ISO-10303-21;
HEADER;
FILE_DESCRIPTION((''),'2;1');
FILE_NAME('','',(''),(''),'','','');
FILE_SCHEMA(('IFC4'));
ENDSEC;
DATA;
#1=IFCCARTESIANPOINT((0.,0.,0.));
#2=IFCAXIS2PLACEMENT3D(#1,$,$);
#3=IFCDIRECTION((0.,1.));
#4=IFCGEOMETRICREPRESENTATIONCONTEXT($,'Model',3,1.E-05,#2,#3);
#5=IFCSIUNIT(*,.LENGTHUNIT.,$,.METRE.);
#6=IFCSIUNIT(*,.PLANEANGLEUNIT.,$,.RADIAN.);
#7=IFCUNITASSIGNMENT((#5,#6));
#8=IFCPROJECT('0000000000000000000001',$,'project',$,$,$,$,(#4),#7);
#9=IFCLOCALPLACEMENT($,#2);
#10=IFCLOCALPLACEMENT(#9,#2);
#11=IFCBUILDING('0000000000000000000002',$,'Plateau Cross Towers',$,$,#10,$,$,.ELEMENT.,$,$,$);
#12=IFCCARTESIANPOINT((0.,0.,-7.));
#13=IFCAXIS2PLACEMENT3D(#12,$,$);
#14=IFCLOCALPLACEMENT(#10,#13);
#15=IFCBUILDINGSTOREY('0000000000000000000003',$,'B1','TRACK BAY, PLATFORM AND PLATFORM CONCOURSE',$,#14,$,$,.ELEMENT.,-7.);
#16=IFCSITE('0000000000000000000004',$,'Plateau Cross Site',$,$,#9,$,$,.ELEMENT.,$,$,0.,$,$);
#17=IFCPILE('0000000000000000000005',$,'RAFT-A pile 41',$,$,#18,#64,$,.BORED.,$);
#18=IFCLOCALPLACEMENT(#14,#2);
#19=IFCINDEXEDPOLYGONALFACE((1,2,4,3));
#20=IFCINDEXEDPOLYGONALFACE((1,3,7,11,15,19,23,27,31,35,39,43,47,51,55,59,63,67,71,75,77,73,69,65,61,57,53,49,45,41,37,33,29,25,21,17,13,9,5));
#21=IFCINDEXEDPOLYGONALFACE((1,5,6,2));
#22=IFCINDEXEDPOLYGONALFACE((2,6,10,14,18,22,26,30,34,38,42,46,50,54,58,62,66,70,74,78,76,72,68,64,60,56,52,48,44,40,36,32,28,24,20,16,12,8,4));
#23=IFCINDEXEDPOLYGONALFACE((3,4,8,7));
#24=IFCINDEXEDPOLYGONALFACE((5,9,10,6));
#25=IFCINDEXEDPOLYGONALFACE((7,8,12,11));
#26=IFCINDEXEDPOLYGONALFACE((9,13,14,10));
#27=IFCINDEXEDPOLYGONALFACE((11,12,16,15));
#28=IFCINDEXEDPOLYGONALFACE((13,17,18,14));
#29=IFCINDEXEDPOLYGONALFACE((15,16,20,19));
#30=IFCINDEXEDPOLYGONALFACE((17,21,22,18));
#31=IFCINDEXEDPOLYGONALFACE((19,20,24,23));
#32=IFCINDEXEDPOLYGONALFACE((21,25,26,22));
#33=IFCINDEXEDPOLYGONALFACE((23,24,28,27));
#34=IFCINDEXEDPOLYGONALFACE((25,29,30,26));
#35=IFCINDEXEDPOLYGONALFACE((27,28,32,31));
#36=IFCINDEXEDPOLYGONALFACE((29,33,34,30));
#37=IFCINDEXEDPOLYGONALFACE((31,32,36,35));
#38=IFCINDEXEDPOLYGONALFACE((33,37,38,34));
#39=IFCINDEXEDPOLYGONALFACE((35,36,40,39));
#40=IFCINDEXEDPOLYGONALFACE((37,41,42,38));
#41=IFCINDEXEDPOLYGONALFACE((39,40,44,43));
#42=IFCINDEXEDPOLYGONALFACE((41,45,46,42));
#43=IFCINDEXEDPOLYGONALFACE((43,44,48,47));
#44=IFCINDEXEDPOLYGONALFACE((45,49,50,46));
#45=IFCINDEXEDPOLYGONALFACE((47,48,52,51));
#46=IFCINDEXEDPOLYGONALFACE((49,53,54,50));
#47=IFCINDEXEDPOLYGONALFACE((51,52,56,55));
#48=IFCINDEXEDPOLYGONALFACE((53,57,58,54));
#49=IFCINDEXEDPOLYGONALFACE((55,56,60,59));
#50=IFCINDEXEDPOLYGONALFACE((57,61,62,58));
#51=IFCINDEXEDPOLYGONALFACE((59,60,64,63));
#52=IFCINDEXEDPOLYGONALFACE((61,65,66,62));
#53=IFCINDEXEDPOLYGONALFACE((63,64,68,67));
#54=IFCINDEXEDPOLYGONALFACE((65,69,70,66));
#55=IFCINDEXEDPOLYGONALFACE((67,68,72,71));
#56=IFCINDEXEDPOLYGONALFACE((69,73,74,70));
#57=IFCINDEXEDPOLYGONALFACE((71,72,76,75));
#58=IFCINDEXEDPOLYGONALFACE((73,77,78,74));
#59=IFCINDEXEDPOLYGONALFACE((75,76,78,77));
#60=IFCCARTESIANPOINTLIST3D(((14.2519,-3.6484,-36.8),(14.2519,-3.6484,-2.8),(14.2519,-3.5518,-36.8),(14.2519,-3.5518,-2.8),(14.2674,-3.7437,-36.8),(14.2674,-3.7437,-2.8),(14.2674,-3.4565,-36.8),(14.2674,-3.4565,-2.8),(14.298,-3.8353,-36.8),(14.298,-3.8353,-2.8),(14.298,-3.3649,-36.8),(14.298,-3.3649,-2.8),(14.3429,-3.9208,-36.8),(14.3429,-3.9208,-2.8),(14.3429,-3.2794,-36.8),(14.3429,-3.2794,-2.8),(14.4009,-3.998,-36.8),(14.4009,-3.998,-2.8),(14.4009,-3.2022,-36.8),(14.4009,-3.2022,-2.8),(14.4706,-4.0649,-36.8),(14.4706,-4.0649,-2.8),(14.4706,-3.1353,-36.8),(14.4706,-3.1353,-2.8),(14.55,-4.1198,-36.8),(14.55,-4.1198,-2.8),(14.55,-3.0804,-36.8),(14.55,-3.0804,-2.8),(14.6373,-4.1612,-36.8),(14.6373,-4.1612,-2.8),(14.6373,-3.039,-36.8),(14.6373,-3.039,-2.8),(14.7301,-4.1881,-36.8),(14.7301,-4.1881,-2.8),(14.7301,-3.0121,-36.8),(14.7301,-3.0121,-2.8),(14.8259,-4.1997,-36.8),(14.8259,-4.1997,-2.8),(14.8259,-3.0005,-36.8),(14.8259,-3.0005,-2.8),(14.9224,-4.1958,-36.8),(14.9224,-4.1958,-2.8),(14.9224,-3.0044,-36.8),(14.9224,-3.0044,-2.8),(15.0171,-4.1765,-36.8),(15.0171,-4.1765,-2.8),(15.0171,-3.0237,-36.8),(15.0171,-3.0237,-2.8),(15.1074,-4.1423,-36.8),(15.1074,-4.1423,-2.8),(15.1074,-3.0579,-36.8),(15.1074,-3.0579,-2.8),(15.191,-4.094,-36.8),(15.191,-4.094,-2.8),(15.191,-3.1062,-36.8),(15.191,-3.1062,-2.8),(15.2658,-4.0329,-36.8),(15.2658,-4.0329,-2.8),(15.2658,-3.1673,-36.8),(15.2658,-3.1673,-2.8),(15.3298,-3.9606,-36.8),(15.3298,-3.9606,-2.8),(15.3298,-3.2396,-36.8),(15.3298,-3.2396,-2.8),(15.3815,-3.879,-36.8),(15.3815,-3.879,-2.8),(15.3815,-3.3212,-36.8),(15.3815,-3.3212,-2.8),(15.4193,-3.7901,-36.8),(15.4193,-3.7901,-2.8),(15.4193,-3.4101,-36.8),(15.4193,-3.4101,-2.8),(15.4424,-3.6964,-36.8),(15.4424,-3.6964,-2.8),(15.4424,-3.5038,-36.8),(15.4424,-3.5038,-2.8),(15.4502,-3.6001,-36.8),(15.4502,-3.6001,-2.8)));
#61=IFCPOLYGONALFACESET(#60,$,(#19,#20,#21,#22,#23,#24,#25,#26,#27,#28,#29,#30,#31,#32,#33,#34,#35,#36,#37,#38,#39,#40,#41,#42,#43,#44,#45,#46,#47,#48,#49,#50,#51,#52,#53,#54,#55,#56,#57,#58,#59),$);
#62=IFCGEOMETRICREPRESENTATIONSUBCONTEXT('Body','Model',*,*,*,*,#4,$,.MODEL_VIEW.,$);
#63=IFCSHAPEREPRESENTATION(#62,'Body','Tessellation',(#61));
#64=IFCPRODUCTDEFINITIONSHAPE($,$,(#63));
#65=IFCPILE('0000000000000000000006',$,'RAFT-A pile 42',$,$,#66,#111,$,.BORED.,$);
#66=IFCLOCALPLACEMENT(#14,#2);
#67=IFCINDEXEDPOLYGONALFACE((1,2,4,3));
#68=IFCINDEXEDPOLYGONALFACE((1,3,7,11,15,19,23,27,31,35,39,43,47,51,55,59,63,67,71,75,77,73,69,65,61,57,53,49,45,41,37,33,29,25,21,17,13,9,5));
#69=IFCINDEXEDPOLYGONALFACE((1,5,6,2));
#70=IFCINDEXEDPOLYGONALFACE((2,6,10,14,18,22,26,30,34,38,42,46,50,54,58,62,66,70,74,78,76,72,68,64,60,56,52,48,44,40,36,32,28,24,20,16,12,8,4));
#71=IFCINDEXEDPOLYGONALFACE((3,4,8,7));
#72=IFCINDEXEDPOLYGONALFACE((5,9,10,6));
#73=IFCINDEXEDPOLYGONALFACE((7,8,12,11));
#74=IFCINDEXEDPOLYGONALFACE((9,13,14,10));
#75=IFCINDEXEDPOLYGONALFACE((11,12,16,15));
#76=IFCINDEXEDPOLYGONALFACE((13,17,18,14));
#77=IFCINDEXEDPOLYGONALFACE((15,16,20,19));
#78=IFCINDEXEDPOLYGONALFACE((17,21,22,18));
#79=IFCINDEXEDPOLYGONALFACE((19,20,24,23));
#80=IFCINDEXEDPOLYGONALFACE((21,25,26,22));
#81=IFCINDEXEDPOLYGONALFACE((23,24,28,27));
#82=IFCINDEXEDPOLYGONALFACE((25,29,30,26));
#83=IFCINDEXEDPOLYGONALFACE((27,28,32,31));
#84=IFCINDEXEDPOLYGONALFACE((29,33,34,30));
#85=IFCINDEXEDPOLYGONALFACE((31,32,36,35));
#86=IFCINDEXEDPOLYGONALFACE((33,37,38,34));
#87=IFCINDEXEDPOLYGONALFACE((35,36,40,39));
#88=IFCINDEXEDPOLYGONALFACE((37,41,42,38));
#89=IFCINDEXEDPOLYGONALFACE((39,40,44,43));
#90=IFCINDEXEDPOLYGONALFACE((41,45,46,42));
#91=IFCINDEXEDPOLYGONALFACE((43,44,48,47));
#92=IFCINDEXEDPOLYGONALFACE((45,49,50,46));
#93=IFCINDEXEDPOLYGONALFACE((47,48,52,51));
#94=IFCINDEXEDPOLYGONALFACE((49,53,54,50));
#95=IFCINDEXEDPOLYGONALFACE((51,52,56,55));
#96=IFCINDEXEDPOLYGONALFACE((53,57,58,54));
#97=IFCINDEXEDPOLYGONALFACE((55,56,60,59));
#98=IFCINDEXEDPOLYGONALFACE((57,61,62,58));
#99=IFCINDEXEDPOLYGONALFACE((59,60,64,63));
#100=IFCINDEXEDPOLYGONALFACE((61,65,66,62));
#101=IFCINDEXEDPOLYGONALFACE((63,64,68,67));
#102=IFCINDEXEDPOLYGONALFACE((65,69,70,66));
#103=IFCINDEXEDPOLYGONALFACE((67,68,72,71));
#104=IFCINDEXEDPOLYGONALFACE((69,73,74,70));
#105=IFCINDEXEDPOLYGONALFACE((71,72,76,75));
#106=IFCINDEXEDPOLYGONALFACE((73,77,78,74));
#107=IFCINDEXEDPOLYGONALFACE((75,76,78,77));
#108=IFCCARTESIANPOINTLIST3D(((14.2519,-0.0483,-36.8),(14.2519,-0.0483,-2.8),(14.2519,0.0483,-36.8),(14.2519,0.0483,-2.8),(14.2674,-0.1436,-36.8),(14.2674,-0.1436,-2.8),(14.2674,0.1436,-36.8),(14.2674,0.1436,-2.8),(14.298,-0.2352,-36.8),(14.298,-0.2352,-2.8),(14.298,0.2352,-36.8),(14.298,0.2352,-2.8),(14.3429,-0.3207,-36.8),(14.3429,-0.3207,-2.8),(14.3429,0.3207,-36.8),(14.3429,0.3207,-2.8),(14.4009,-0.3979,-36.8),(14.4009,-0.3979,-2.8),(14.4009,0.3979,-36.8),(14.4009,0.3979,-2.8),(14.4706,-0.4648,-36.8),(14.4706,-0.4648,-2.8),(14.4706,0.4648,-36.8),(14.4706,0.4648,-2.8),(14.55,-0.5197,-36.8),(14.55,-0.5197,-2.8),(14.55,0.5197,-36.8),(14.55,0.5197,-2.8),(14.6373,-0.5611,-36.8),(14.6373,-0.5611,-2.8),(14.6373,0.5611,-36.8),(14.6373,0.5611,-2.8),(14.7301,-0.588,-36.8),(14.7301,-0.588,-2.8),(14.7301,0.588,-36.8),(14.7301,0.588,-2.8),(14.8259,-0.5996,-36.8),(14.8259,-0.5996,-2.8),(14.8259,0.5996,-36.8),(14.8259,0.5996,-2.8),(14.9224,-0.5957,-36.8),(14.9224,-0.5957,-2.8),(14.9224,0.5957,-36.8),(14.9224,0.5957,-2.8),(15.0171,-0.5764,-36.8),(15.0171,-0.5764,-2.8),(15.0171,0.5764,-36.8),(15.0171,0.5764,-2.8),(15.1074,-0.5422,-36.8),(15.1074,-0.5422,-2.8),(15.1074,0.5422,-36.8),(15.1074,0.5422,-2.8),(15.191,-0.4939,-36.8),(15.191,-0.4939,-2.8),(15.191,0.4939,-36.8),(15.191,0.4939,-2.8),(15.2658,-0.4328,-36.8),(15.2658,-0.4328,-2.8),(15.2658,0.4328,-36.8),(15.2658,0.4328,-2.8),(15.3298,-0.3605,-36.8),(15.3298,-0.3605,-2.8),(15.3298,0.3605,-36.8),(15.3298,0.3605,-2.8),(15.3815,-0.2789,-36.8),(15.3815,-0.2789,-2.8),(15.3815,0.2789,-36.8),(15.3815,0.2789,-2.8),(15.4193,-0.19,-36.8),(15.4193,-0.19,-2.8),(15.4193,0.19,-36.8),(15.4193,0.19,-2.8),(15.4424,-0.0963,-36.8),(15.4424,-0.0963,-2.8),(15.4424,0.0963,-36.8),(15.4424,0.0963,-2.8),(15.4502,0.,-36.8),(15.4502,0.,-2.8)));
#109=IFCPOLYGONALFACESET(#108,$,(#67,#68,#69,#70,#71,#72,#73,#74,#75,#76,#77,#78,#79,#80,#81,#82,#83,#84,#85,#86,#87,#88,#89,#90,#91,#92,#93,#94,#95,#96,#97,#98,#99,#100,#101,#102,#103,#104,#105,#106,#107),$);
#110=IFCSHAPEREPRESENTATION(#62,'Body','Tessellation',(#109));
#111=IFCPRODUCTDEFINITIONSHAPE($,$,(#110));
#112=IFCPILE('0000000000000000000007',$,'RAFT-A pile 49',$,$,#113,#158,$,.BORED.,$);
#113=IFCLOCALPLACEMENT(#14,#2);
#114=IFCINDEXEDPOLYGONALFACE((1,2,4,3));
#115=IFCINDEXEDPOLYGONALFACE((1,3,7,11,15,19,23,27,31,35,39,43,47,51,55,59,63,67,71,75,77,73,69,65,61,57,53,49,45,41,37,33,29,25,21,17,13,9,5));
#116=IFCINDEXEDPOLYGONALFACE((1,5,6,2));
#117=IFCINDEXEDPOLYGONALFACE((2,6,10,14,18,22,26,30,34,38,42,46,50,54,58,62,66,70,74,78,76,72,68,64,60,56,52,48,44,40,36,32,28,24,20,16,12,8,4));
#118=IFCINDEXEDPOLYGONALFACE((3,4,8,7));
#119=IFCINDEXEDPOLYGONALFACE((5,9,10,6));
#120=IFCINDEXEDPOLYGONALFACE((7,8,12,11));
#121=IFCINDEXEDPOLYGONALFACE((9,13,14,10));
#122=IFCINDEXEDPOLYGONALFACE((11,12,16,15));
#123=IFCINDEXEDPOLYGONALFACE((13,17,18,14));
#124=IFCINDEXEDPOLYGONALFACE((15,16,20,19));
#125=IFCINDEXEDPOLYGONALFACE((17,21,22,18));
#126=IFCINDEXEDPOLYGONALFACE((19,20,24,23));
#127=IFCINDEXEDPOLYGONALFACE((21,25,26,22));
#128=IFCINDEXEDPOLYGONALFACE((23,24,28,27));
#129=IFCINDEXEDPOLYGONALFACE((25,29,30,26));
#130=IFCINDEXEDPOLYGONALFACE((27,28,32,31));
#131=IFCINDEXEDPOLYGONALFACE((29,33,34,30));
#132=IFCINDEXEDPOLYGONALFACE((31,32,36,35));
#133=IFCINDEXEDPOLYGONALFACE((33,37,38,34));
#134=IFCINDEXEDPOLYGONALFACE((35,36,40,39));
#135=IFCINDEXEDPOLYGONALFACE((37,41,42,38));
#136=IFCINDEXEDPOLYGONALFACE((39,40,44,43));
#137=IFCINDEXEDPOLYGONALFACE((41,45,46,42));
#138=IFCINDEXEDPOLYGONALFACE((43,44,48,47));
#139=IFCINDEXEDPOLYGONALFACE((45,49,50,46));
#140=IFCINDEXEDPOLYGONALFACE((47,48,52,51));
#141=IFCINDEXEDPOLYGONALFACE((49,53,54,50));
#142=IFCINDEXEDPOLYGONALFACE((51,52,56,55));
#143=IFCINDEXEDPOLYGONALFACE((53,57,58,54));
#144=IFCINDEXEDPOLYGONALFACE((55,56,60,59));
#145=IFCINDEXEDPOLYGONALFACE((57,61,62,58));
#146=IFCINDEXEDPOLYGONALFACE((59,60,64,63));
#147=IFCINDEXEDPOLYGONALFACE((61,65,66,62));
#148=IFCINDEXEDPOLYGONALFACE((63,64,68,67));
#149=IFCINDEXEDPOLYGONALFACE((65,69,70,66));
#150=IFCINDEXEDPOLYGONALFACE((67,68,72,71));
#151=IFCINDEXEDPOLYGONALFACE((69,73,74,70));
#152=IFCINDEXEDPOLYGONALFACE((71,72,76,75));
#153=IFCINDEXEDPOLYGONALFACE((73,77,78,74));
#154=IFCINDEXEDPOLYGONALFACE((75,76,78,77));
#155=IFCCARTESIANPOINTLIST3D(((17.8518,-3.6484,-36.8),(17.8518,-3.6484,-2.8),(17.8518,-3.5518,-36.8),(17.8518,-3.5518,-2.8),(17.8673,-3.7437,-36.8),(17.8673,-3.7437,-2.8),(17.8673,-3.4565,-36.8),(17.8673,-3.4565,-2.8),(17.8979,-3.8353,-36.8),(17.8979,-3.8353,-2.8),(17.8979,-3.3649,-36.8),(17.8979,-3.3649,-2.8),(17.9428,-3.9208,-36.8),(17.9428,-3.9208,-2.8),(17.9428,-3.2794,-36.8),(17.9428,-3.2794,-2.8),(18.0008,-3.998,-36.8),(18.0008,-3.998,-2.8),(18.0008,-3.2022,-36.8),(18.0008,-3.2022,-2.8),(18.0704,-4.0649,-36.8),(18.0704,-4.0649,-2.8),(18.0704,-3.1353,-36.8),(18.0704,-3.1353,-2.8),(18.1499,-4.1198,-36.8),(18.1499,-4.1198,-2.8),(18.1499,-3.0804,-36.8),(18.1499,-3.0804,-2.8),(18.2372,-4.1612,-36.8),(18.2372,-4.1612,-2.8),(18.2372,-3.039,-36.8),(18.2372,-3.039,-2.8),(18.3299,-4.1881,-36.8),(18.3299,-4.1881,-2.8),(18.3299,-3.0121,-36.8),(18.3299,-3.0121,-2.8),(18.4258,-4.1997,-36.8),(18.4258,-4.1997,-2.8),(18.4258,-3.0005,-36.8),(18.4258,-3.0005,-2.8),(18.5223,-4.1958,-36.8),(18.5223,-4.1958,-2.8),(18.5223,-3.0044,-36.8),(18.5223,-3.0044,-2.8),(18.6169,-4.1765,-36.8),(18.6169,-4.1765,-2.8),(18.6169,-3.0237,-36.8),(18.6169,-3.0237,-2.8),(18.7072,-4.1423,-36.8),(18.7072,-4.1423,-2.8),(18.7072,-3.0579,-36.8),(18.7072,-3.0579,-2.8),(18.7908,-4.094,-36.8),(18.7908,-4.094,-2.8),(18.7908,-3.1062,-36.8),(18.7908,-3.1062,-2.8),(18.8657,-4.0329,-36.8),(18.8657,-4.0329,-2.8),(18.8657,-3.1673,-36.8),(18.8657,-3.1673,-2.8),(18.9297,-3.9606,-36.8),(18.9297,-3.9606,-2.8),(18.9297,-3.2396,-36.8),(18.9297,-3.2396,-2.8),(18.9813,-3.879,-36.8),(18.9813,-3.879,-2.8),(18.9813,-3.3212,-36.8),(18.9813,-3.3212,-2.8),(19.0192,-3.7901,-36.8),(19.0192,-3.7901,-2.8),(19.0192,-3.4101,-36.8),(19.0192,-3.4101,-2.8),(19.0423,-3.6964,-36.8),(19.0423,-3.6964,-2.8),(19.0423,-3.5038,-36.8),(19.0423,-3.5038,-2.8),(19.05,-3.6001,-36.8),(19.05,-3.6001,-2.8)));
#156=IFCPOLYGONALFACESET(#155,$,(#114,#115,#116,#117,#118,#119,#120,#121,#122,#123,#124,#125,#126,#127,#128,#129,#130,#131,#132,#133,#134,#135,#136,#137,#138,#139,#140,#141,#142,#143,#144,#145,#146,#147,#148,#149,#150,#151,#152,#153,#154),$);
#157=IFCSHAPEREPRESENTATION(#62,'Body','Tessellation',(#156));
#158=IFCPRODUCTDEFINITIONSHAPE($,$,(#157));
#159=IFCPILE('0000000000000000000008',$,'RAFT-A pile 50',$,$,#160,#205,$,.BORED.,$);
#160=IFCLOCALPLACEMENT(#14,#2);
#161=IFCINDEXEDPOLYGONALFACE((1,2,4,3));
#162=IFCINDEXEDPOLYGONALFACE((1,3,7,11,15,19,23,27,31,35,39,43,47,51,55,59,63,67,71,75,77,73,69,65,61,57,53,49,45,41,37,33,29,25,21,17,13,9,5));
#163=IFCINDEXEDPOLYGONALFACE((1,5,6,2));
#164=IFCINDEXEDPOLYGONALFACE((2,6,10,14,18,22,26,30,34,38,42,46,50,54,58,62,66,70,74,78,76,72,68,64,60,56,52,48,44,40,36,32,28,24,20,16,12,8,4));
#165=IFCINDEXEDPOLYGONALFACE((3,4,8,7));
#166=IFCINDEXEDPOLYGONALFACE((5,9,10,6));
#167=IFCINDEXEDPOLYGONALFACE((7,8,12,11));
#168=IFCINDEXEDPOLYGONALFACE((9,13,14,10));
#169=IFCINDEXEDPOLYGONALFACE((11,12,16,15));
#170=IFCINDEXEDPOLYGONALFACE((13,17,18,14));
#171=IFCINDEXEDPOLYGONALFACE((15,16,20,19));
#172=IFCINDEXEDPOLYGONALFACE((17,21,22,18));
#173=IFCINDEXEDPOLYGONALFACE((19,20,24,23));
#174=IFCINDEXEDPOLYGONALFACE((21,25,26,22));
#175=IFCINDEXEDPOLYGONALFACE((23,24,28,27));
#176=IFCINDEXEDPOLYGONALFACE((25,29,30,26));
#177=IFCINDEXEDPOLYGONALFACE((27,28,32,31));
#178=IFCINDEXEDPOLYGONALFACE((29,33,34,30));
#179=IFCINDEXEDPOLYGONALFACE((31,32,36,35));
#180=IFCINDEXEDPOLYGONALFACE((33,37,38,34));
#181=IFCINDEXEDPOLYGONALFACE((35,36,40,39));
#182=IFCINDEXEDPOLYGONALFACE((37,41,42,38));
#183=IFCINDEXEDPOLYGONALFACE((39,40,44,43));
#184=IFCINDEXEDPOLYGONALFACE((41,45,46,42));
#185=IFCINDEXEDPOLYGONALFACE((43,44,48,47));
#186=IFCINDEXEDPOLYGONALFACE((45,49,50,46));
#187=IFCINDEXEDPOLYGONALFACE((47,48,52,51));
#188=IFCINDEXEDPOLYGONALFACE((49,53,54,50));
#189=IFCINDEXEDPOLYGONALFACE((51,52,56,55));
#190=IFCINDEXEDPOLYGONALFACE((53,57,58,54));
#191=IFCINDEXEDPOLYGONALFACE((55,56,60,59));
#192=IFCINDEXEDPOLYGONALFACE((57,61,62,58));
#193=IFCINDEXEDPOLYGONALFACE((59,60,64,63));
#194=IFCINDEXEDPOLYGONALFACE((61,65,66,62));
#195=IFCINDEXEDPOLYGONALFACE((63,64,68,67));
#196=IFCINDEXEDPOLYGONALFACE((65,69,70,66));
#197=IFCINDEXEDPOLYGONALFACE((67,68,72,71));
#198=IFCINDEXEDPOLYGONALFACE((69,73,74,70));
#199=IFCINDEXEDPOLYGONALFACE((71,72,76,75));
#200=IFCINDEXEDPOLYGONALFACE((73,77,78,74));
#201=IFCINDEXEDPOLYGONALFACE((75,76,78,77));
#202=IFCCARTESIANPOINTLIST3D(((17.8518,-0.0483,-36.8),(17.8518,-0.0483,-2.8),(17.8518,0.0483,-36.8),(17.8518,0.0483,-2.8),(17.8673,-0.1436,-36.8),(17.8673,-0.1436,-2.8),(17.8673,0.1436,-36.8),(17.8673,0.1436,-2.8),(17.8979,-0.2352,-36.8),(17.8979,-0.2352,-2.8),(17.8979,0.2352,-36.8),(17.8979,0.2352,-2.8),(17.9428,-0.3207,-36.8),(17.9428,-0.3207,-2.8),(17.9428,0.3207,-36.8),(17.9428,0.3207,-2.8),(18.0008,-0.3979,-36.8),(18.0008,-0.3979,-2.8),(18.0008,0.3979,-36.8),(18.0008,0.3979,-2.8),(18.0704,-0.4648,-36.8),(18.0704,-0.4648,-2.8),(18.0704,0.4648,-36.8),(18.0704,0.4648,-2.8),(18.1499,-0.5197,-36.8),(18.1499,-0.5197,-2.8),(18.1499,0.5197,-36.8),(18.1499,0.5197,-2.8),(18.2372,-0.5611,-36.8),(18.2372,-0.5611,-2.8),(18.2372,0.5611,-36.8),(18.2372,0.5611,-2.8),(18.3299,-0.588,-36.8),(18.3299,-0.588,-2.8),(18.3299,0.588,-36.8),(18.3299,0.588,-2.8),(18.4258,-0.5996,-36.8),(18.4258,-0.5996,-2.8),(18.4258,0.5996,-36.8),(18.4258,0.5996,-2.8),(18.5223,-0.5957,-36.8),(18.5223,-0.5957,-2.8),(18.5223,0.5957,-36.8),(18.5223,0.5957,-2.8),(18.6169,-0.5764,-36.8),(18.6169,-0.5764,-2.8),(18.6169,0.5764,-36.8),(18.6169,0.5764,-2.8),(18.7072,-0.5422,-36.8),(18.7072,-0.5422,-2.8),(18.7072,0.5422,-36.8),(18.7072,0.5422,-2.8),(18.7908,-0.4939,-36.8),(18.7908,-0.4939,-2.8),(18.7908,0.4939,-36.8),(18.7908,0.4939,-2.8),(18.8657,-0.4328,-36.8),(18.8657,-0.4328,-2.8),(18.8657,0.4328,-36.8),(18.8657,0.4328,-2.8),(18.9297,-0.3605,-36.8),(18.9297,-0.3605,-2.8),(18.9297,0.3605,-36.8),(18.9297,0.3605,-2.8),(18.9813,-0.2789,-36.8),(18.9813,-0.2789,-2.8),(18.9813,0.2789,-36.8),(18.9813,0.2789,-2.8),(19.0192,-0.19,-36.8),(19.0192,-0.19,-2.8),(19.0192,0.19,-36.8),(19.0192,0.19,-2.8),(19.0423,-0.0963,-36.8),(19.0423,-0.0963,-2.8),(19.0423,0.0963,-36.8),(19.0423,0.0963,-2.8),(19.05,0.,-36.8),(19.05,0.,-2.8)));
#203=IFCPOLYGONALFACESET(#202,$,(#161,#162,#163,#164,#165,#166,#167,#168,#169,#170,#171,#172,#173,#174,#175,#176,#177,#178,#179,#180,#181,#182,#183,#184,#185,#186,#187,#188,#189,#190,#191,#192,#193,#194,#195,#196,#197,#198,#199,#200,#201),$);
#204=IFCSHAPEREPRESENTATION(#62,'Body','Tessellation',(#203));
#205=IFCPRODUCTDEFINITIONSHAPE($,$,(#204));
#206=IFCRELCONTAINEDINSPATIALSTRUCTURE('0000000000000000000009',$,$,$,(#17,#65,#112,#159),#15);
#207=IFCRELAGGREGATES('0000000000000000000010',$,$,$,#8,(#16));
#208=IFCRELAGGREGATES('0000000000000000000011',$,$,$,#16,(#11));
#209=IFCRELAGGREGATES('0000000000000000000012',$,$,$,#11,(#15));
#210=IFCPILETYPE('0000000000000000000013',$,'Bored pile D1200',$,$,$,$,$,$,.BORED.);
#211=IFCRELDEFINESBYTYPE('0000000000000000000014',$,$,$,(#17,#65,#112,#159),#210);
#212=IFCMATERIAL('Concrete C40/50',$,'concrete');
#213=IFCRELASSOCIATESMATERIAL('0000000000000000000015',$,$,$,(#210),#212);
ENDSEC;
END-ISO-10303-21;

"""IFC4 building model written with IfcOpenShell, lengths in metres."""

from ifc_helpers import new_model, si_unit, direction, frame, origin, origin_2d, place, context, subcontext, project, spatial, circle, extrude, material, material_profile, profile_set, type_object, element, save


model = new_model("IFC4")

# Units and contexts
model_context = context("Model", 3, precision=1e-05, world=origin(), true_north=direction((0.0, 1.0)))
body_context = subcontext(model_context, "Body", "Model", "MODEL_VIEW")
ifc_project = project(units=[si_unit("LENGTHUNIT", "METRE"), si_unit("PLANEANGLEUNIT", "RADIAN")], contexts=[model_context])

# Site, building, storey
site_placement = place(None, origin())
site = spatial("IfcSite", under=ifc_project, at=site_placement, Name="Plateau Cross Site", CompositionType="ELEMENT", RefElevation=0.0)
building_placement = place(site_placement, origin())
building = spatial("IfcBuilding", under=site, at=building_placement, Name="Plateau Cross Towers", CompositionType="ELEMENT")
storey_placement = place(building_placement, frame((0.0, 0.0, -7.0)))
storey = spatial("IfcBuildingStorey", under=building, at=storey_placement, Name="B1", Description="TRACK BAY, PLATFORM AND PLATFORM CONCOURSE", CompositionType="ELEMENT", Elevation=-7.0)

# Piles
ifc_material_1 = material(Name="Concrete C40/50", Category="concrete")
ifc_material_profile_1 = material_profile(ifc_material_1, circle(Radius=0.6001, at=origin_2d()), Name="Bored pile D1200")
ifc_profile_set_1 = profile_set([ifc_material_profile_1], Name="Concrete C40/50")
pile_type = type_object("IfcPileType", Name="Bored pile D1200", PredefinedType="BORED", material=ifc_profile_set_1)
for number, where, z_axis, x_axis, name in (
    (1, (14.8501, -3.6001, -2.8), (0.0, 0.0, -1.0), (1.0, 0.0, 0.0), "RAFT-A pile 41"),
    (2, (14.8501, 0.0, -2.8), (0.0, 0.0, -1.0), (1.0, 0.0, 0.0), "RAFT-A pile 42"),
    (3, (18.45, -3.6001, -2.8), (0.0, 0.0, -1.0), (1.0, 0.0, 0.0), "RAFT-A pile 49"),
    (4, (18.45, 0.0, -2.8), (0.0, 0.0, -1.0), (1.0, 0.0, 0.0), "RAFT-A pile 50"),
):
    element("IfcPile", number, at=place(storey_placement, frame(where, z_axis=z_axis, x_axis=x_axis)), inside=storey, type_object=pile_type, Name=name, PredefinedType="BORED", context=body_context, shape_type="SweptSolid", body=[
        extrude(circle(Radius=0.6001, at=origin_2d()), origin(), (0.0, 0.0, 1.0), 34.0),
    ])

save(model, "model.ifc")
